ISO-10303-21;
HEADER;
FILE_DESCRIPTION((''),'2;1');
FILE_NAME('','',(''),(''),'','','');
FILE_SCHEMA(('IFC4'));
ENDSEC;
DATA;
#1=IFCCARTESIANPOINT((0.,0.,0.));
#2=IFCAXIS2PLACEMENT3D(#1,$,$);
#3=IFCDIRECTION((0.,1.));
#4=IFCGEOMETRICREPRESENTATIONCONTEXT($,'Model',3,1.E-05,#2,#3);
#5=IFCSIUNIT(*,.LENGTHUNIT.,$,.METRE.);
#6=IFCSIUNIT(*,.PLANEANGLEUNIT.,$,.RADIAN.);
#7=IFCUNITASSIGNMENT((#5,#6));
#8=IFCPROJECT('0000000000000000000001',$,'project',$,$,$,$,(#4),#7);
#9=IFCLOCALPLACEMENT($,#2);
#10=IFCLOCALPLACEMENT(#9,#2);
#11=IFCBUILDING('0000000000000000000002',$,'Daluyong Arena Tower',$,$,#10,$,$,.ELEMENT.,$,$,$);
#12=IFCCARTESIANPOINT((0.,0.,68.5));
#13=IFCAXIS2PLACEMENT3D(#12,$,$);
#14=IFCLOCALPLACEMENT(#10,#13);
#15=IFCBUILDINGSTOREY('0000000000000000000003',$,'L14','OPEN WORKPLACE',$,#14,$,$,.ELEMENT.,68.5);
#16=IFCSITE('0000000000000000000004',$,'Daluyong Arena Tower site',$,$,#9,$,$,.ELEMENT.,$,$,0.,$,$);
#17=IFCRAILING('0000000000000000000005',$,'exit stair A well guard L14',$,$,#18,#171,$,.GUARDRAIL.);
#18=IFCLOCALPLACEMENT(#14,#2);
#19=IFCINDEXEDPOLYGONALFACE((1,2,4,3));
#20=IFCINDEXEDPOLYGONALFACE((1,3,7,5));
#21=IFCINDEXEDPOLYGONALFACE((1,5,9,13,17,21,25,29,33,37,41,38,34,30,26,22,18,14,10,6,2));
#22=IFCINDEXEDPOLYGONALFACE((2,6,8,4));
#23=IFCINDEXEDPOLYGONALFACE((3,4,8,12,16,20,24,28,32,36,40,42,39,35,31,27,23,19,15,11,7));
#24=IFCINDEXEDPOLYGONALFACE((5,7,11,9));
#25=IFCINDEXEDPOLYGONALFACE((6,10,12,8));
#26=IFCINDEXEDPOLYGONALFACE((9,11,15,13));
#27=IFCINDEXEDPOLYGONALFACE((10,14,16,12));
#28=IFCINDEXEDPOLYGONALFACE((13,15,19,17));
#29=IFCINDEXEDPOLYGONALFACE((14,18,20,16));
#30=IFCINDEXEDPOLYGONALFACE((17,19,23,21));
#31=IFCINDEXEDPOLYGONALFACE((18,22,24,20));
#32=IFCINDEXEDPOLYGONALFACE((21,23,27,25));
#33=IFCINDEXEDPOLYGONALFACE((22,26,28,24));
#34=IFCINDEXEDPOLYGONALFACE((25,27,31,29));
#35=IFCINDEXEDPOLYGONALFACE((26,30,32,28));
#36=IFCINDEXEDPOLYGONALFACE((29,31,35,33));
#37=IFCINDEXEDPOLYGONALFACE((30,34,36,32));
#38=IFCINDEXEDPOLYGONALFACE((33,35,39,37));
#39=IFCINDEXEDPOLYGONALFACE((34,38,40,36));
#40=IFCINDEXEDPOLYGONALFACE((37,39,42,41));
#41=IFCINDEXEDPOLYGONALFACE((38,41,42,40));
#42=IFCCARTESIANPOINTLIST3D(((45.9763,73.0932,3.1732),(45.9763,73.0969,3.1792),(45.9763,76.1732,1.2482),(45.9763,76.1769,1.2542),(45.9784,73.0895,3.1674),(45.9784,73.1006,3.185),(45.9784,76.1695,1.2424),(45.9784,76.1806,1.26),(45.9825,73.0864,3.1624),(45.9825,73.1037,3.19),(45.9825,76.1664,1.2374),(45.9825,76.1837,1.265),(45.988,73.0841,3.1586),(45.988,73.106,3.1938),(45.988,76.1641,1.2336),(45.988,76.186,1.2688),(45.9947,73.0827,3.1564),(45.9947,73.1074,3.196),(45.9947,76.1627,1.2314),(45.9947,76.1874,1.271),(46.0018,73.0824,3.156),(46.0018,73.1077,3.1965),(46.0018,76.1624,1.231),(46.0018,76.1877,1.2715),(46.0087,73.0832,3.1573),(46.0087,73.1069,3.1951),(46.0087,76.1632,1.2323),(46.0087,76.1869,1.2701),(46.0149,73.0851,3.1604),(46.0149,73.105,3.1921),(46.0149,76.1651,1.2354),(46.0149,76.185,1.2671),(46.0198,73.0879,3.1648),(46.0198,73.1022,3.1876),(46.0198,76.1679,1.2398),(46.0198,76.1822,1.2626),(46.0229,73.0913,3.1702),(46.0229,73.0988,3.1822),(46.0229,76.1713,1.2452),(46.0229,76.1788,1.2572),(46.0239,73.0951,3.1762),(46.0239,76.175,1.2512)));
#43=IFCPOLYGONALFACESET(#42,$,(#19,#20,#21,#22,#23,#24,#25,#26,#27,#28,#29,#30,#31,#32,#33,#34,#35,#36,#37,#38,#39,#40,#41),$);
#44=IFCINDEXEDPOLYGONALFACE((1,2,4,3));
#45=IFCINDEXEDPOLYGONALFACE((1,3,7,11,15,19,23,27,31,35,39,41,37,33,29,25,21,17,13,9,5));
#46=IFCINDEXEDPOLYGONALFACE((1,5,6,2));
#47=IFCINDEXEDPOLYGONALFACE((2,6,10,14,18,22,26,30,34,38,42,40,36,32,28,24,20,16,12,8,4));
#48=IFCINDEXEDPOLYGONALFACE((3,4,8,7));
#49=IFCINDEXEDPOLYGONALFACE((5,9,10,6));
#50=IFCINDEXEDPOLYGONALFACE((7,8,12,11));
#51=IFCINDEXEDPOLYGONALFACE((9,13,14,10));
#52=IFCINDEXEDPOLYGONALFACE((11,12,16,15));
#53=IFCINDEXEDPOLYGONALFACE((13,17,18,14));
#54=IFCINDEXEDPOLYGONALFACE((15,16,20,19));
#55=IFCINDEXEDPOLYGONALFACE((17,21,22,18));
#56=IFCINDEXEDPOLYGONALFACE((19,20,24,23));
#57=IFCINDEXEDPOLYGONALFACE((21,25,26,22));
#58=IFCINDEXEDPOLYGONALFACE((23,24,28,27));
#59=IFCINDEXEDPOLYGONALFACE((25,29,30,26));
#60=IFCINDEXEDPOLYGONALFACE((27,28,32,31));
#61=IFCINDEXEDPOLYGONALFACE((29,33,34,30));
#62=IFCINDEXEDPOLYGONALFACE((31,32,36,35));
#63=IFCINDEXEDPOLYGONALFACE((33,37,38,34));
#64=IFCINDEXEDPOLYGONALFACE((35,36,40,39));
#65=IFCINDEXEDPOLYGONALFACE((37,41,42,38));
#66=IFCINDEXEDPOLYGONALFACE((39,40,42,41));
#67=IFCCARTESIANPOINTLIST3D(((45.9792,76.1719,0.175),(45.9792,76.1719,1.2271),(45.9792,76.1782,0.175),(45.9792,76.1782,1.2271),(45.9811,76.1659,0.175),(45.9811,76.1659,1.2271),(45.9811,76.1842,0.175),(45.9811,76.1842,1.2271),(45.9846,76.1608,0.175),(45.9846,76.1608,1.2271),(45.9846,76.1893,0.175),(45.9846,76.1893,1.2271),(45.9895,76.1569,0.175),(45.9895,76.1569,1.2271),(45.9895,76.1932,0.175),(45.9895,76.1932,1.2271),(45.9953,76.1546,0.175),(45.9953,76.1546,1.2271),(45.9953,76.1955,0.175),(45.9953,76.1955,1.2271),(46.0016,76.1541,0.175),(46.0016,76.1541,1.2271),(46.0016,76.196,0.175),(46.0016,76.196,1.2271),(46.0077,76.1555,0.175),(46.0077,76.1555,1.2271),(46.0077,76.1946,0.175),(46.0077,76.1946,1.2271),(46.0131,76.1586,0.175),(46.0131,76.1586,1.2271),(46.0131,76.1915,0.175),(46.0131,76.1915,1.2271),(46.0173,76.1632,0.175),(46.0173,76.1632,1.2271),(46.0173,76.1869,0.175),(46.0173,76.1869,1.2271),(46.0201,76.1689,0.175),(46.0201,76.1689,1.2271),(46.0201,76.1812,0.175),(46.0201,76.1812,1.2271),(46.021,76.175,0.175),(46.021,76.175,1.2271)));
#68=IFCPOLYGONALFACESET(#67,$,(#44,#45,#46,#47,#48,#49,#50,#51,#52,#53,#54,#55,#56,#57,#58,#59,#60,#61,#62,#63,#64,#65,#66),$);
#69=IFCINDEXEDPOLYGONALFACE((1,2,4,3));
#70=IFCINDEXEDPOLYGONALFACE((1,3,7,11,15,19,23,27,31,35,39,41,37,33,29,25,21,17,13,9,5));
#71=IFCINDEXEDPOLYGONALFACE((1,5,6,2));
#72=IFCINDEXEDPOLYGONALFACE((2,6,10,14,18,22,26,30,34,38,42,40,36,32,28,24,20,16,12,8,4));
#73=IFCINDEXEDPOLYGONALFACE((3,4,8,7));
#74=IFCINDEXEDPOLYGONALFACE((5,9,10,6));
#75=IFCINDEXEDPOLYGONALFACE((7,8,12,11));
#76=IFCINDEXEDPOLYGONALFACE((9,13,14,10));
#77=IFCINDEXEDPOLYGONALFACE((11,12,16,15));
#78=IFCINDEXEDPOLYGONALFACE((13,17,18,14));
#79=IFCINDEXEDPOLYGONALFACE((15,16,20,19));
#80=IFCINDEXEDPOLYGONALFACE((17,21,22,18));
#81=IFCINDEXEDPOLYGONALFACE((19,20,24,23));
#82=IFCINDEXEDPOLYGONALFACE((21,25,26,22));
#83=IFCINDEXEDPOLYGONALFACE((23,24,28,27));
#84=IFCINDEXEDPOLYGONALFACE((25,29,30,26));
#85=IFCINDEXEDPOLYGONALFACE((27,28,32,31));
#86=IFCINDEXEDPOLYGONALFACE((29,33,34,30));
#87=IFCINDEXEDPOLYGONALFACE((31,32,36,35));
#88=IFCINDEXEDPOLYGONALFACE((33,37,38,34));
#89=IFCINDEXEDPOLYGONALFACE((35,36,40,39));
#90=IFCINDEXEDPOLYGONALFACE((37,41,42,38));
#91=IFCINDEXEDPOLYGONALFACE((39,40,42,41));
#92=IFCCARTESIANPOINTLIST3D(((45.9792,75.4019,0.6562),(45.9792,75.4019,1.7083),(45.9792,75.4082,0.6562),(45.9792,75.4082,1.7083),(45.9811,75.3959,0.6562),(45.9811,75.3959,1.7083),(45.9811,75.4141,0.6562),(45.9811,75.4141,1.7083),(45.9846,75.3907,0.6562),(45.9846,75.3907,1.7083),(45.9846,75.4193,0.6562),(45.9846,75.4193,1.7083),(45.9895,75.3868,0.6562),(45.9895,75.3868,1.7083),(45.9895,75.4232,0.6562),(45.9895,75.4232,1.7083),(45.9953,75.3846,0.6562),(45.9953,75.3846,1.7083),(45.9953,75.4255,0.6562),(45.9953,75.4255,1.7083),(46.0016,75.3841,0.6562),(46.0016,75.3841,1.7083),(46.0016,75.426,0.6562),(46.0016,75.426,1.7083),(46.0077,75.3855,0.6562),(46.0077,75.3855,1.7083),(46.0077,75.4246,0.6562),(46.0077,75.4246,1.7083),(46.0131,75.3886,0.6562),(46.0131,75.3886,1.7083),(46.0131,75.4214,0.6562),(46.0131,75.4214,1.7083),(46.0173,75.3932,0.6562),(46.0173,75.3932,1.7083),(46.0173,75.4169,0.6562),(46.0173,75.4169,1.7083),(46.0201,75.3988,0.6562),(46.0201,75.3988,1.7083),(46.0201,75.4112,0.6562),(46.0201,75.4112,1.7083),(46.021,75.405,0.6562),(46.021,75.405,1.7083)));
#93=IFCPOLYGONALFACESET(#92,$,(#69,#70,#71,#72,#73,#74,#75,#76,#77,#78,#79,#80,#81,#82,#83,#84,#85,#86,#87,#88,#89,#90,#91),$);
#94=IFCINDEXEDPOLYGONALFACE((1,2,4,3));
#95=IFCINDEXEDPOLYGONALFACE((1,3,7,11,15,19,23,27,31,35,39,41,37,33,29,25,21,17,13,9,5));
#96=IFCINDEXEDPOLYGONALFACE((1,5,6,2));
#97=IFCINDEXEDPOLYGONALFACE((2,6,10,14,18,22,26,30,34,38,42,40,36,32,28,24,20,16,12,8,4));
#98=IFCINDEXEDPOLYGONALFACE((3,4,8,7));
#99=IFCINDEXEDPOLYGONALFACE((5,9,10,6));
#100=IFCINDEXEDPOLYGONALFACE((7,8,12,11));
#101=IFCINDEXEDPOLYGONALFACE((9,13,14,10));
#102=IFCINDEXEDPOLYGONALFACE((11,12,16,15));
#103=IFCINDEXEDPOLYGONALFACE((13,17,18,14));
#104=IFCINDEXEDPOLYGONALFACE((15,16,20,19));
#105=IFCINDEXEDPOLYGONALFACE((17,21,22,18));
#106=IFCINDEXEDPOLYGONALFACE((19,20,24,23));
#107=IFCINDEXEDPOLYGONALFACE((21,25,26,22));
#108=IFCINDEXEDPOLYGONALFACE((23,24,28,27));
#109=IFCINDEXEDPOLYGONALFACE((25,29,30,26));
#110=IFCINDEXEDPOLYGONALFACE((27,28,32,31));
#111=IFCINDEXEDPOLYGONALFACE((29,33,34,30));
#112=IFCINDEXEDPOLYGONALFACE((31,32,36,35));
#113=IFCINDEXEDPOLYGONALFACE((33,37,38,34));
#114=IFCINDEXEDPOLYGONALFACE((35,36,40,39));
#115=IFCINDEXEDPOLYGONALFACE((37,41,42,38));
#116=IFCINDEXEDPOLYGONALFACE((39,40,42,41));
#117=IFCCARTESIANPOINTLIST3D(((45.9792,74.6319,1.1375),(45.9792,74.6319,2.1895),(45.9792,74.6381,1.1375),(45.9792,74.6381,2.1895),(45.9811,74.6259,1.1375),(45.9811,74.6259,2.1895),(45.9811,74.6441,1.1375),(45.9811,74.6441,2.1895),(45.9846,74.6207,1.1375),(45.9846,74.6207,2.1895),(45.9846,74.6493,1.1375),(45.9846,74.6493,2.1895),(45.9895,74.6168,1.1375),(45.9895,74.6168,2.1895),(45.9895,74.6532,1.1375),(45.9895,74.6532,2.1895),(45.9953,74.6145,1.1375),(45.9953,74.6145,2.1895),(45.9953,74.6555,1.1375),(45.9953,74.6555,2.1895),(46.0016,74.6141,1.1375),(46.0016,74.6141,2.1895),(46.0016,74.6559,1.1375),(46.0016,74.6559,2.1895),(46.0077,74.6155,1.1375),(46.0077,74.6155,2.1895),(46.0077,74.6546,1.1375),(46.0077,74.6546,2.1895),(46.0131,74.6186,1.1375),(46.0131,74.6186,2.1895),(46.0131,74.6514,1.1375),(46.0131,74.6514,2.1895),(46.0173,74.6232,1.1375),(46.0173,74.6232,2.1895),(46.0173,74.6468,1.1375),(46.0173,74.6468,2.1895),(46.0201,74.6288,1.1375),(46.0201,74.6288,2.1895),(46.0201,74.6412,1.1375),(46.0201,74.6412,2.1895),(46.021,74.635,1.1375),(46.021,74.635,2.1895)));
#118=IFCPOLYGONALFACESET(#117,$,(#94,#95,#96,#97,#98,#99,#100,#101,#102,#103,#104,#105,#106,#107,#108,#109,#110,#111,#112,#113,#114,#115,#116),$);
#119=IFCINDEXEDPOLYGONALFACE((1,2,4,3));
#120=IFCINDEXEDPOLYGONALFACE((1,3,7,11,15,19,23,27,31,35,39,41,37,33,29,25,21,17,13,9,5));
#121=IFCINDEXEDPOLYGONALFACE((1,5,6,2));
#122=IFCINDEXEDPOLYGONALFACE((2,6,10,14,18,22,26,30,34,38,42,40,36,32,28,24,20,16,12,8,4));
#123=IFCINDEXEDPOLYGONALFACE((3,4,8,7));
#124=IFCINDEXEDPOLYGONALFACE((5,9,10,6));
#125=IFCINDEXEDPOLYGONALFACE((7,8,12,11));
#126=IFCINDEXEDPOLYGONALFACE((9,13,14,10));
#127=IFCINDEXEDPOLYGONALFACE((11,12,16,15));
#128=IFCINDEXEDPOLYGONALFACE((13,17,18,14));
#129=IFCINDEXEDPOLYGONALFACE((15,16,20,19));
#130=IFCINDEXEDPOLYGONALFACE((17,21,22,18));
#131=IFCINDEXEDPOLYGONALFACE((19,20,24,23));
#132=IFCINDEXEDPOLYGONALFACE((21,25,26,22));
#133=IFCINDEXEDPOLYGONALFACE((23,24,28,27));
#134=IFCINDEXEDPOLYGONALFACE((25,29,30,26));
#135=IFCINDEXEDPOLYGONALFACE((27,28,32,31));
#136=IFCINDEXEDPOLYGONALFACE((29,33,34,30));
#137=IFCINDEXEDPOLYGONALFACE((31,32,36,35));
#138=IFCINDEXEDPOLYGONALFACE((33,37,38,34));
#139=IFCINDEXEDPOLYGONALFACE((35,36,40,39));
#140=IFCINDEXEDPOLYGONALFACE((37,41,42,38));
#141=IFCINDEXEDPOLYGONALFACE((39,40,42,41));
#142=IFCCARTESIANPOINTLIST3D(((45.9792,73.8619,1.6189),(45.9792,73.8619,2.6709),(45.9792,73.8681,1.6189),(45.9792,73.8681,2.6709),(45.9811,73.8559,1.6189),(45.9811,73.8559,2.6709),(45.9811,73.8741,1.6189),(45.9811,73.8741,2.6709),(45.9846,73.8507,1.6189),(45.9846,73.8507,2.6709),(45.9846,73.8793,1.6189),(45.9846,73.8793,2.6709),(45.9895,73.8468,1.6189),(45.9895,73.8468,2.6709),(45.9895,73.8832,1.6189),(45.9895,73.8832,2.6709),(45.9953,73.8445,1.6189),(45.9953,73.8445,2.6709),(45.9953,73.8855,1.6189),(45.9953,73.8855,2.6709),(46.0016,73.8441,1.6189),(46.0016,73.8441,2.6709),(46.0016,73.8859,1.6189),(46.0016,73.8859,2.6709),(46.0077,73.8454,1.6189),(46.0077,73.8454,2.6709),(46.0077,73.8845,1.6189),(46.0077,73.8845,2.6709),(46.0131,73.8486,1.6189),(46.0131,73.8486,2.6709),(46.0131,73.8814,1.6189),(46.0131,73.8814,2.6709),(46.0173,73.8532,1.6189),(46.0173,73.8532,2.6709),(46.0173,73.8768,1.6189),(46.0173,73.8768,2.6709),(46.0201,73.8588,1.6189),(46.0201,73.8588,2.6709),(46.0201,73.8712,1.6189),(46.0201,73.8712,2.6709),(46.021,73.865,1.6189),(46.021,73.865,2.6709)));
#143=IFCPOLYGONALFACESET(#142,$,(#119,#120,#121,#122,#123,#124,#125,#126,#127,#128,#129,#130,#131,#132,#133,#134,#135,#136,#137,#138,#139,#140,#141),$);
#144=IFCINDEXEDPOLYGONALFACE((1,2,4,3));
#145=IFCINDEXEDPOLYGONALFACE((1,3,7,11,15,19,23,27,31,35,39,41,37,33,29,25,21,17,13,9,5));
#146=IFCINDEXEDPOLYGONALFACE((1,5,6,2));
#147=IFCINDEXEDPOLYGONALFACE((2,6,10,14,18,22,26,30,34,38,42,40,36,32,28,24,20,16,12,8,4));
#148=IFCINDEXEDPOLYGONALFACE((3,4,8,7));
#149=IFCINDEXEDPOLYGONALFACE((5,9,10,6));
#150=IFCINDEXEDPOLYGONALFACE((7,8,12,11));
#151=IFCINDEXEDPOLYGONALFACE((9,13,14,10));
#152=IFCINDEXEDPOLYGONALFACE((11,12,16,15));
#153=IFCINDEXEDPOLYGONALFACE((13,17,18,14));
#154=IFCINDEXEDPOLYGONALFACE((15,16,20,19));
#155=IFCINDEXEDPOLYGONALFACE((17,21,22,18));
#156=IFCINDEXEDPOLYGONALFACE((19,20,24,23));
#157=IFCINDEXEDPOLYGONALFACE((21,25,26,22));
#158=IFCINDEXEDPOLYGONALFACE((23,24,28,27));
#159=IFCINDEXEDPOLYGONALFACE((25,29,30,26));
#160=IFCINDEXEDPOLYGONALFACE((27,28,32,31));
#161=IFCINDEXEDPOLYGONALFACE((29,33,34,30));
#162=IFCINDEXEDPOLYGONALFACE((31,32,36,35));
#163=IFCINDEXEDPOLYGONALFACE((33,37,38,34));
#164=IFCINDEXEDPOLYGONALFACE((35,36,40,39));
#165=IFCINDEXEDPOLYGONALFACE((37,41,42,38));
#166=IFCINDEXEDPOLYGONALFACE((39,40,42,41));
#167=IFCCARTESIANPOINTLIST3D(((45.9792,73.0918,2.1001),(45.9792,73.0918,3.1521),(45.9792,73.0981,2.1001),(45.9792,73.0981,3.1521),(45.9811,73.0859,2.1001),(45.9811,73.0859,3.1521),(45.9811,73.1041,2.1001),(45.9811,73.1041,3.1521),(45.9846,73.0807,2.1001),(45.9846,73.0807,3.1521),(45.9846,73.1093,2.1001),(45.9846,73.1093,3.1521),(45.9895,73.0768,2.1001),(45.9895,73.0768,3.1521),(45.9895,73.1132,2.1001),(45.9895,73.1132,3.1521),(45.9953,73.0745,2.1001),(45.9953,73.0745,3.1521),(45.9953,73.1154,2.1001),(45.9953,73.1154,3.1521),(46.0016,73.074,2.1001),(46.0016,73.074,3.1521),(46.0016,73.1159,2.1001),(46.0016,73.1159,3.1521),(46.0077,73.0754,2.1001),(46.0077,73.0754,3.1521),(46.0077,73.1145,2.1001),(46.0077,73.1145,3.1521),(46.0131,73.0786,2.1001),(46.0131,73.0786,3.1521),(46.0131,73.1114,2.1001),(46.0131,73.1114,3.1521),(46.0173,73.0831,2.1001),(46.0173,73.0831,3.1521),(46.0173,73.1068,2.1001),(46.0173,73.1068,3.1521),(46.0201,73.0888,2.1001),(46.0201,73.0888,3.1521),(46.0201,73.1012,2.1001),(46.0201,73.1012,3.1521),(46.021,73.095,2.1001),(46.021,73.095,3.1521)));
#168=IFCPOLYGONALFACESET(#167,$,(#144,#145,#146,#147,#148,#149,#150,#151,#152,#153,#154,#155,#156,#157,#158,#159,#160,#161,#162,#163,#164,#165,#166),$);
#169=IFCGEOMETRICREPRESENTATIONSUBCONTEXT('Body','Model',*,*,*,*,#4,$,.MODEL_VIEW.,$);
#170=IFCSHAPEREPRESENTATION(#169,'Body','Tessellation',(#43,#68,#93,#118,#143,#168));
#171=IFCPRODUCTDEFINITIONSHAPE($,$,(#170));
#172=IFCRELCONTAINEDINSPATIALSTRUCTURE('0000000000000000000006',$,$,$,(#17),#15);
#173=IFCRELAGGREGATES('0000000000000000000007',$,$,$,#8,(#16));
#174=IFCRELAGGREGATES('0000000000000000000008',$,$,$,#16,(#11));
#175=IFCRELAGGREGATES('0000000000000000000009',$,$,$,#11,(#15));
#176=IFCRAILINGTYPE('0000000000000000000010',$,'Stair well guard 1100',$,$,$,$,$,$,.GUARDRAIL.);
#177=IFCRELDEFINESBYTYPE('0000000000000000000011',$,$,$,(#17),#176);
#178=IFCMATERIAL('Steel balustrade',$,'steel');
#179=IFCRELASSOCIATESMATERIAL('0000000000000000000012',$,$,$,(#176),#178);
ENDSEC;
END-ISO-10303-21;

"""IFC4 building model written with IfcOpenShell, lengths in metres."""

from ifc_helpers import new_model, si_unit, direction, frame, origin, origin_2d, place, context, subcontext, project, spatial, circle, extrude, material, type_object, element, save


model = new_model("IFC4")

# Units and contexts
model_context = context("Model", 3, precision=1e-05, world=origin(), true_north=direction((0.0, 1.0)))
body_context = subcontext(model_context, "Body", "Model", "MODEL_VIEW")
ifc_project = project(units=[si_unit("LENGTHUNIT", "METRE"), si_unit("PLANEANGLEUNIT", "RADIAN")], contexts=[model_context])

# Site, building, storey
site_placement = place(None, origin())
site = spatial("IfcSite", under=ifc_project, at=site_placement, Name="Daluyong Arena Tower site", CompositionType="ELEMENT", RefElevation=0.0)
building_placement = place(site_placement, origin())
building = spatial("IfcBuilding", under=site, at=building_placement, Name="Daluyong Arena Tower", CompositionType="ELEMENT")
storey_placement = place(building_placement, frame((0.0, 0.0, 68.5)))
storey = spatial("IfcBuildingStorey", under=building, at=storey_placement, Name="L14", Description="OPEN WORKPLACE", CompositionType="ELEMENT", Elevation=68.5)

# Railing
ifc_material_1 = material(Name="Steel balustrade", Category="steel")
railing_type_1 = type_object("IfcRailingType", Name="Stair well guard 1100", PredefinedType="GUARDRAIL", material=ifc_material_1)
railing_1_placement = place(storey_placement, frame((46.0, 76.175, 0.175)))
element("IfcRailing", 1, at=railing_1_placement, inside=storey, type_object=railing_type_1, Name="exit stair A well guard L14", PredefinedType="GUARDRAIL", context=body_context, shape_type="SweptSolid", body=[
    extrude(circle(Radius=0.0239, at=origin_2d()), frame((0.0, 0.0, 1.0762), z_axis=(0.0, -0.847998, 0.529999), x_axis=(1.0, 0.0, 0.0)), (0.0, 0.0, 1.0), 3.6321),
    extrude(circle(Radius=0.021, at=origin_2d()), origin(), (0.0, 0.0, 1.0), 1.052),
    extrude(circle(Radius=0.021, at=origin_2d()), frame((0.0, -0.77, 0.4812)), (0.0, 0.0, 1.0), 1.052),
    extrude(circle(Radius=0.021, at=origin_2d()), frame((0.0, -1.54, 0.9624)), (0.0, 0.0, 1.0), 1.052),
    extrude(circle(Radius=0.021, at=origin_2d()), frame((0.0, -2.3101, 1.4438)), (0.0, 0.0, 1.0), 1.052),
    extrude(circle(Radius=0.021, at=origin_2d()), frame((0.0, -3.0801, 1.925)), (0.0, 0.0, 1.0), 1.052),
])

save(model, "model.ifc")
